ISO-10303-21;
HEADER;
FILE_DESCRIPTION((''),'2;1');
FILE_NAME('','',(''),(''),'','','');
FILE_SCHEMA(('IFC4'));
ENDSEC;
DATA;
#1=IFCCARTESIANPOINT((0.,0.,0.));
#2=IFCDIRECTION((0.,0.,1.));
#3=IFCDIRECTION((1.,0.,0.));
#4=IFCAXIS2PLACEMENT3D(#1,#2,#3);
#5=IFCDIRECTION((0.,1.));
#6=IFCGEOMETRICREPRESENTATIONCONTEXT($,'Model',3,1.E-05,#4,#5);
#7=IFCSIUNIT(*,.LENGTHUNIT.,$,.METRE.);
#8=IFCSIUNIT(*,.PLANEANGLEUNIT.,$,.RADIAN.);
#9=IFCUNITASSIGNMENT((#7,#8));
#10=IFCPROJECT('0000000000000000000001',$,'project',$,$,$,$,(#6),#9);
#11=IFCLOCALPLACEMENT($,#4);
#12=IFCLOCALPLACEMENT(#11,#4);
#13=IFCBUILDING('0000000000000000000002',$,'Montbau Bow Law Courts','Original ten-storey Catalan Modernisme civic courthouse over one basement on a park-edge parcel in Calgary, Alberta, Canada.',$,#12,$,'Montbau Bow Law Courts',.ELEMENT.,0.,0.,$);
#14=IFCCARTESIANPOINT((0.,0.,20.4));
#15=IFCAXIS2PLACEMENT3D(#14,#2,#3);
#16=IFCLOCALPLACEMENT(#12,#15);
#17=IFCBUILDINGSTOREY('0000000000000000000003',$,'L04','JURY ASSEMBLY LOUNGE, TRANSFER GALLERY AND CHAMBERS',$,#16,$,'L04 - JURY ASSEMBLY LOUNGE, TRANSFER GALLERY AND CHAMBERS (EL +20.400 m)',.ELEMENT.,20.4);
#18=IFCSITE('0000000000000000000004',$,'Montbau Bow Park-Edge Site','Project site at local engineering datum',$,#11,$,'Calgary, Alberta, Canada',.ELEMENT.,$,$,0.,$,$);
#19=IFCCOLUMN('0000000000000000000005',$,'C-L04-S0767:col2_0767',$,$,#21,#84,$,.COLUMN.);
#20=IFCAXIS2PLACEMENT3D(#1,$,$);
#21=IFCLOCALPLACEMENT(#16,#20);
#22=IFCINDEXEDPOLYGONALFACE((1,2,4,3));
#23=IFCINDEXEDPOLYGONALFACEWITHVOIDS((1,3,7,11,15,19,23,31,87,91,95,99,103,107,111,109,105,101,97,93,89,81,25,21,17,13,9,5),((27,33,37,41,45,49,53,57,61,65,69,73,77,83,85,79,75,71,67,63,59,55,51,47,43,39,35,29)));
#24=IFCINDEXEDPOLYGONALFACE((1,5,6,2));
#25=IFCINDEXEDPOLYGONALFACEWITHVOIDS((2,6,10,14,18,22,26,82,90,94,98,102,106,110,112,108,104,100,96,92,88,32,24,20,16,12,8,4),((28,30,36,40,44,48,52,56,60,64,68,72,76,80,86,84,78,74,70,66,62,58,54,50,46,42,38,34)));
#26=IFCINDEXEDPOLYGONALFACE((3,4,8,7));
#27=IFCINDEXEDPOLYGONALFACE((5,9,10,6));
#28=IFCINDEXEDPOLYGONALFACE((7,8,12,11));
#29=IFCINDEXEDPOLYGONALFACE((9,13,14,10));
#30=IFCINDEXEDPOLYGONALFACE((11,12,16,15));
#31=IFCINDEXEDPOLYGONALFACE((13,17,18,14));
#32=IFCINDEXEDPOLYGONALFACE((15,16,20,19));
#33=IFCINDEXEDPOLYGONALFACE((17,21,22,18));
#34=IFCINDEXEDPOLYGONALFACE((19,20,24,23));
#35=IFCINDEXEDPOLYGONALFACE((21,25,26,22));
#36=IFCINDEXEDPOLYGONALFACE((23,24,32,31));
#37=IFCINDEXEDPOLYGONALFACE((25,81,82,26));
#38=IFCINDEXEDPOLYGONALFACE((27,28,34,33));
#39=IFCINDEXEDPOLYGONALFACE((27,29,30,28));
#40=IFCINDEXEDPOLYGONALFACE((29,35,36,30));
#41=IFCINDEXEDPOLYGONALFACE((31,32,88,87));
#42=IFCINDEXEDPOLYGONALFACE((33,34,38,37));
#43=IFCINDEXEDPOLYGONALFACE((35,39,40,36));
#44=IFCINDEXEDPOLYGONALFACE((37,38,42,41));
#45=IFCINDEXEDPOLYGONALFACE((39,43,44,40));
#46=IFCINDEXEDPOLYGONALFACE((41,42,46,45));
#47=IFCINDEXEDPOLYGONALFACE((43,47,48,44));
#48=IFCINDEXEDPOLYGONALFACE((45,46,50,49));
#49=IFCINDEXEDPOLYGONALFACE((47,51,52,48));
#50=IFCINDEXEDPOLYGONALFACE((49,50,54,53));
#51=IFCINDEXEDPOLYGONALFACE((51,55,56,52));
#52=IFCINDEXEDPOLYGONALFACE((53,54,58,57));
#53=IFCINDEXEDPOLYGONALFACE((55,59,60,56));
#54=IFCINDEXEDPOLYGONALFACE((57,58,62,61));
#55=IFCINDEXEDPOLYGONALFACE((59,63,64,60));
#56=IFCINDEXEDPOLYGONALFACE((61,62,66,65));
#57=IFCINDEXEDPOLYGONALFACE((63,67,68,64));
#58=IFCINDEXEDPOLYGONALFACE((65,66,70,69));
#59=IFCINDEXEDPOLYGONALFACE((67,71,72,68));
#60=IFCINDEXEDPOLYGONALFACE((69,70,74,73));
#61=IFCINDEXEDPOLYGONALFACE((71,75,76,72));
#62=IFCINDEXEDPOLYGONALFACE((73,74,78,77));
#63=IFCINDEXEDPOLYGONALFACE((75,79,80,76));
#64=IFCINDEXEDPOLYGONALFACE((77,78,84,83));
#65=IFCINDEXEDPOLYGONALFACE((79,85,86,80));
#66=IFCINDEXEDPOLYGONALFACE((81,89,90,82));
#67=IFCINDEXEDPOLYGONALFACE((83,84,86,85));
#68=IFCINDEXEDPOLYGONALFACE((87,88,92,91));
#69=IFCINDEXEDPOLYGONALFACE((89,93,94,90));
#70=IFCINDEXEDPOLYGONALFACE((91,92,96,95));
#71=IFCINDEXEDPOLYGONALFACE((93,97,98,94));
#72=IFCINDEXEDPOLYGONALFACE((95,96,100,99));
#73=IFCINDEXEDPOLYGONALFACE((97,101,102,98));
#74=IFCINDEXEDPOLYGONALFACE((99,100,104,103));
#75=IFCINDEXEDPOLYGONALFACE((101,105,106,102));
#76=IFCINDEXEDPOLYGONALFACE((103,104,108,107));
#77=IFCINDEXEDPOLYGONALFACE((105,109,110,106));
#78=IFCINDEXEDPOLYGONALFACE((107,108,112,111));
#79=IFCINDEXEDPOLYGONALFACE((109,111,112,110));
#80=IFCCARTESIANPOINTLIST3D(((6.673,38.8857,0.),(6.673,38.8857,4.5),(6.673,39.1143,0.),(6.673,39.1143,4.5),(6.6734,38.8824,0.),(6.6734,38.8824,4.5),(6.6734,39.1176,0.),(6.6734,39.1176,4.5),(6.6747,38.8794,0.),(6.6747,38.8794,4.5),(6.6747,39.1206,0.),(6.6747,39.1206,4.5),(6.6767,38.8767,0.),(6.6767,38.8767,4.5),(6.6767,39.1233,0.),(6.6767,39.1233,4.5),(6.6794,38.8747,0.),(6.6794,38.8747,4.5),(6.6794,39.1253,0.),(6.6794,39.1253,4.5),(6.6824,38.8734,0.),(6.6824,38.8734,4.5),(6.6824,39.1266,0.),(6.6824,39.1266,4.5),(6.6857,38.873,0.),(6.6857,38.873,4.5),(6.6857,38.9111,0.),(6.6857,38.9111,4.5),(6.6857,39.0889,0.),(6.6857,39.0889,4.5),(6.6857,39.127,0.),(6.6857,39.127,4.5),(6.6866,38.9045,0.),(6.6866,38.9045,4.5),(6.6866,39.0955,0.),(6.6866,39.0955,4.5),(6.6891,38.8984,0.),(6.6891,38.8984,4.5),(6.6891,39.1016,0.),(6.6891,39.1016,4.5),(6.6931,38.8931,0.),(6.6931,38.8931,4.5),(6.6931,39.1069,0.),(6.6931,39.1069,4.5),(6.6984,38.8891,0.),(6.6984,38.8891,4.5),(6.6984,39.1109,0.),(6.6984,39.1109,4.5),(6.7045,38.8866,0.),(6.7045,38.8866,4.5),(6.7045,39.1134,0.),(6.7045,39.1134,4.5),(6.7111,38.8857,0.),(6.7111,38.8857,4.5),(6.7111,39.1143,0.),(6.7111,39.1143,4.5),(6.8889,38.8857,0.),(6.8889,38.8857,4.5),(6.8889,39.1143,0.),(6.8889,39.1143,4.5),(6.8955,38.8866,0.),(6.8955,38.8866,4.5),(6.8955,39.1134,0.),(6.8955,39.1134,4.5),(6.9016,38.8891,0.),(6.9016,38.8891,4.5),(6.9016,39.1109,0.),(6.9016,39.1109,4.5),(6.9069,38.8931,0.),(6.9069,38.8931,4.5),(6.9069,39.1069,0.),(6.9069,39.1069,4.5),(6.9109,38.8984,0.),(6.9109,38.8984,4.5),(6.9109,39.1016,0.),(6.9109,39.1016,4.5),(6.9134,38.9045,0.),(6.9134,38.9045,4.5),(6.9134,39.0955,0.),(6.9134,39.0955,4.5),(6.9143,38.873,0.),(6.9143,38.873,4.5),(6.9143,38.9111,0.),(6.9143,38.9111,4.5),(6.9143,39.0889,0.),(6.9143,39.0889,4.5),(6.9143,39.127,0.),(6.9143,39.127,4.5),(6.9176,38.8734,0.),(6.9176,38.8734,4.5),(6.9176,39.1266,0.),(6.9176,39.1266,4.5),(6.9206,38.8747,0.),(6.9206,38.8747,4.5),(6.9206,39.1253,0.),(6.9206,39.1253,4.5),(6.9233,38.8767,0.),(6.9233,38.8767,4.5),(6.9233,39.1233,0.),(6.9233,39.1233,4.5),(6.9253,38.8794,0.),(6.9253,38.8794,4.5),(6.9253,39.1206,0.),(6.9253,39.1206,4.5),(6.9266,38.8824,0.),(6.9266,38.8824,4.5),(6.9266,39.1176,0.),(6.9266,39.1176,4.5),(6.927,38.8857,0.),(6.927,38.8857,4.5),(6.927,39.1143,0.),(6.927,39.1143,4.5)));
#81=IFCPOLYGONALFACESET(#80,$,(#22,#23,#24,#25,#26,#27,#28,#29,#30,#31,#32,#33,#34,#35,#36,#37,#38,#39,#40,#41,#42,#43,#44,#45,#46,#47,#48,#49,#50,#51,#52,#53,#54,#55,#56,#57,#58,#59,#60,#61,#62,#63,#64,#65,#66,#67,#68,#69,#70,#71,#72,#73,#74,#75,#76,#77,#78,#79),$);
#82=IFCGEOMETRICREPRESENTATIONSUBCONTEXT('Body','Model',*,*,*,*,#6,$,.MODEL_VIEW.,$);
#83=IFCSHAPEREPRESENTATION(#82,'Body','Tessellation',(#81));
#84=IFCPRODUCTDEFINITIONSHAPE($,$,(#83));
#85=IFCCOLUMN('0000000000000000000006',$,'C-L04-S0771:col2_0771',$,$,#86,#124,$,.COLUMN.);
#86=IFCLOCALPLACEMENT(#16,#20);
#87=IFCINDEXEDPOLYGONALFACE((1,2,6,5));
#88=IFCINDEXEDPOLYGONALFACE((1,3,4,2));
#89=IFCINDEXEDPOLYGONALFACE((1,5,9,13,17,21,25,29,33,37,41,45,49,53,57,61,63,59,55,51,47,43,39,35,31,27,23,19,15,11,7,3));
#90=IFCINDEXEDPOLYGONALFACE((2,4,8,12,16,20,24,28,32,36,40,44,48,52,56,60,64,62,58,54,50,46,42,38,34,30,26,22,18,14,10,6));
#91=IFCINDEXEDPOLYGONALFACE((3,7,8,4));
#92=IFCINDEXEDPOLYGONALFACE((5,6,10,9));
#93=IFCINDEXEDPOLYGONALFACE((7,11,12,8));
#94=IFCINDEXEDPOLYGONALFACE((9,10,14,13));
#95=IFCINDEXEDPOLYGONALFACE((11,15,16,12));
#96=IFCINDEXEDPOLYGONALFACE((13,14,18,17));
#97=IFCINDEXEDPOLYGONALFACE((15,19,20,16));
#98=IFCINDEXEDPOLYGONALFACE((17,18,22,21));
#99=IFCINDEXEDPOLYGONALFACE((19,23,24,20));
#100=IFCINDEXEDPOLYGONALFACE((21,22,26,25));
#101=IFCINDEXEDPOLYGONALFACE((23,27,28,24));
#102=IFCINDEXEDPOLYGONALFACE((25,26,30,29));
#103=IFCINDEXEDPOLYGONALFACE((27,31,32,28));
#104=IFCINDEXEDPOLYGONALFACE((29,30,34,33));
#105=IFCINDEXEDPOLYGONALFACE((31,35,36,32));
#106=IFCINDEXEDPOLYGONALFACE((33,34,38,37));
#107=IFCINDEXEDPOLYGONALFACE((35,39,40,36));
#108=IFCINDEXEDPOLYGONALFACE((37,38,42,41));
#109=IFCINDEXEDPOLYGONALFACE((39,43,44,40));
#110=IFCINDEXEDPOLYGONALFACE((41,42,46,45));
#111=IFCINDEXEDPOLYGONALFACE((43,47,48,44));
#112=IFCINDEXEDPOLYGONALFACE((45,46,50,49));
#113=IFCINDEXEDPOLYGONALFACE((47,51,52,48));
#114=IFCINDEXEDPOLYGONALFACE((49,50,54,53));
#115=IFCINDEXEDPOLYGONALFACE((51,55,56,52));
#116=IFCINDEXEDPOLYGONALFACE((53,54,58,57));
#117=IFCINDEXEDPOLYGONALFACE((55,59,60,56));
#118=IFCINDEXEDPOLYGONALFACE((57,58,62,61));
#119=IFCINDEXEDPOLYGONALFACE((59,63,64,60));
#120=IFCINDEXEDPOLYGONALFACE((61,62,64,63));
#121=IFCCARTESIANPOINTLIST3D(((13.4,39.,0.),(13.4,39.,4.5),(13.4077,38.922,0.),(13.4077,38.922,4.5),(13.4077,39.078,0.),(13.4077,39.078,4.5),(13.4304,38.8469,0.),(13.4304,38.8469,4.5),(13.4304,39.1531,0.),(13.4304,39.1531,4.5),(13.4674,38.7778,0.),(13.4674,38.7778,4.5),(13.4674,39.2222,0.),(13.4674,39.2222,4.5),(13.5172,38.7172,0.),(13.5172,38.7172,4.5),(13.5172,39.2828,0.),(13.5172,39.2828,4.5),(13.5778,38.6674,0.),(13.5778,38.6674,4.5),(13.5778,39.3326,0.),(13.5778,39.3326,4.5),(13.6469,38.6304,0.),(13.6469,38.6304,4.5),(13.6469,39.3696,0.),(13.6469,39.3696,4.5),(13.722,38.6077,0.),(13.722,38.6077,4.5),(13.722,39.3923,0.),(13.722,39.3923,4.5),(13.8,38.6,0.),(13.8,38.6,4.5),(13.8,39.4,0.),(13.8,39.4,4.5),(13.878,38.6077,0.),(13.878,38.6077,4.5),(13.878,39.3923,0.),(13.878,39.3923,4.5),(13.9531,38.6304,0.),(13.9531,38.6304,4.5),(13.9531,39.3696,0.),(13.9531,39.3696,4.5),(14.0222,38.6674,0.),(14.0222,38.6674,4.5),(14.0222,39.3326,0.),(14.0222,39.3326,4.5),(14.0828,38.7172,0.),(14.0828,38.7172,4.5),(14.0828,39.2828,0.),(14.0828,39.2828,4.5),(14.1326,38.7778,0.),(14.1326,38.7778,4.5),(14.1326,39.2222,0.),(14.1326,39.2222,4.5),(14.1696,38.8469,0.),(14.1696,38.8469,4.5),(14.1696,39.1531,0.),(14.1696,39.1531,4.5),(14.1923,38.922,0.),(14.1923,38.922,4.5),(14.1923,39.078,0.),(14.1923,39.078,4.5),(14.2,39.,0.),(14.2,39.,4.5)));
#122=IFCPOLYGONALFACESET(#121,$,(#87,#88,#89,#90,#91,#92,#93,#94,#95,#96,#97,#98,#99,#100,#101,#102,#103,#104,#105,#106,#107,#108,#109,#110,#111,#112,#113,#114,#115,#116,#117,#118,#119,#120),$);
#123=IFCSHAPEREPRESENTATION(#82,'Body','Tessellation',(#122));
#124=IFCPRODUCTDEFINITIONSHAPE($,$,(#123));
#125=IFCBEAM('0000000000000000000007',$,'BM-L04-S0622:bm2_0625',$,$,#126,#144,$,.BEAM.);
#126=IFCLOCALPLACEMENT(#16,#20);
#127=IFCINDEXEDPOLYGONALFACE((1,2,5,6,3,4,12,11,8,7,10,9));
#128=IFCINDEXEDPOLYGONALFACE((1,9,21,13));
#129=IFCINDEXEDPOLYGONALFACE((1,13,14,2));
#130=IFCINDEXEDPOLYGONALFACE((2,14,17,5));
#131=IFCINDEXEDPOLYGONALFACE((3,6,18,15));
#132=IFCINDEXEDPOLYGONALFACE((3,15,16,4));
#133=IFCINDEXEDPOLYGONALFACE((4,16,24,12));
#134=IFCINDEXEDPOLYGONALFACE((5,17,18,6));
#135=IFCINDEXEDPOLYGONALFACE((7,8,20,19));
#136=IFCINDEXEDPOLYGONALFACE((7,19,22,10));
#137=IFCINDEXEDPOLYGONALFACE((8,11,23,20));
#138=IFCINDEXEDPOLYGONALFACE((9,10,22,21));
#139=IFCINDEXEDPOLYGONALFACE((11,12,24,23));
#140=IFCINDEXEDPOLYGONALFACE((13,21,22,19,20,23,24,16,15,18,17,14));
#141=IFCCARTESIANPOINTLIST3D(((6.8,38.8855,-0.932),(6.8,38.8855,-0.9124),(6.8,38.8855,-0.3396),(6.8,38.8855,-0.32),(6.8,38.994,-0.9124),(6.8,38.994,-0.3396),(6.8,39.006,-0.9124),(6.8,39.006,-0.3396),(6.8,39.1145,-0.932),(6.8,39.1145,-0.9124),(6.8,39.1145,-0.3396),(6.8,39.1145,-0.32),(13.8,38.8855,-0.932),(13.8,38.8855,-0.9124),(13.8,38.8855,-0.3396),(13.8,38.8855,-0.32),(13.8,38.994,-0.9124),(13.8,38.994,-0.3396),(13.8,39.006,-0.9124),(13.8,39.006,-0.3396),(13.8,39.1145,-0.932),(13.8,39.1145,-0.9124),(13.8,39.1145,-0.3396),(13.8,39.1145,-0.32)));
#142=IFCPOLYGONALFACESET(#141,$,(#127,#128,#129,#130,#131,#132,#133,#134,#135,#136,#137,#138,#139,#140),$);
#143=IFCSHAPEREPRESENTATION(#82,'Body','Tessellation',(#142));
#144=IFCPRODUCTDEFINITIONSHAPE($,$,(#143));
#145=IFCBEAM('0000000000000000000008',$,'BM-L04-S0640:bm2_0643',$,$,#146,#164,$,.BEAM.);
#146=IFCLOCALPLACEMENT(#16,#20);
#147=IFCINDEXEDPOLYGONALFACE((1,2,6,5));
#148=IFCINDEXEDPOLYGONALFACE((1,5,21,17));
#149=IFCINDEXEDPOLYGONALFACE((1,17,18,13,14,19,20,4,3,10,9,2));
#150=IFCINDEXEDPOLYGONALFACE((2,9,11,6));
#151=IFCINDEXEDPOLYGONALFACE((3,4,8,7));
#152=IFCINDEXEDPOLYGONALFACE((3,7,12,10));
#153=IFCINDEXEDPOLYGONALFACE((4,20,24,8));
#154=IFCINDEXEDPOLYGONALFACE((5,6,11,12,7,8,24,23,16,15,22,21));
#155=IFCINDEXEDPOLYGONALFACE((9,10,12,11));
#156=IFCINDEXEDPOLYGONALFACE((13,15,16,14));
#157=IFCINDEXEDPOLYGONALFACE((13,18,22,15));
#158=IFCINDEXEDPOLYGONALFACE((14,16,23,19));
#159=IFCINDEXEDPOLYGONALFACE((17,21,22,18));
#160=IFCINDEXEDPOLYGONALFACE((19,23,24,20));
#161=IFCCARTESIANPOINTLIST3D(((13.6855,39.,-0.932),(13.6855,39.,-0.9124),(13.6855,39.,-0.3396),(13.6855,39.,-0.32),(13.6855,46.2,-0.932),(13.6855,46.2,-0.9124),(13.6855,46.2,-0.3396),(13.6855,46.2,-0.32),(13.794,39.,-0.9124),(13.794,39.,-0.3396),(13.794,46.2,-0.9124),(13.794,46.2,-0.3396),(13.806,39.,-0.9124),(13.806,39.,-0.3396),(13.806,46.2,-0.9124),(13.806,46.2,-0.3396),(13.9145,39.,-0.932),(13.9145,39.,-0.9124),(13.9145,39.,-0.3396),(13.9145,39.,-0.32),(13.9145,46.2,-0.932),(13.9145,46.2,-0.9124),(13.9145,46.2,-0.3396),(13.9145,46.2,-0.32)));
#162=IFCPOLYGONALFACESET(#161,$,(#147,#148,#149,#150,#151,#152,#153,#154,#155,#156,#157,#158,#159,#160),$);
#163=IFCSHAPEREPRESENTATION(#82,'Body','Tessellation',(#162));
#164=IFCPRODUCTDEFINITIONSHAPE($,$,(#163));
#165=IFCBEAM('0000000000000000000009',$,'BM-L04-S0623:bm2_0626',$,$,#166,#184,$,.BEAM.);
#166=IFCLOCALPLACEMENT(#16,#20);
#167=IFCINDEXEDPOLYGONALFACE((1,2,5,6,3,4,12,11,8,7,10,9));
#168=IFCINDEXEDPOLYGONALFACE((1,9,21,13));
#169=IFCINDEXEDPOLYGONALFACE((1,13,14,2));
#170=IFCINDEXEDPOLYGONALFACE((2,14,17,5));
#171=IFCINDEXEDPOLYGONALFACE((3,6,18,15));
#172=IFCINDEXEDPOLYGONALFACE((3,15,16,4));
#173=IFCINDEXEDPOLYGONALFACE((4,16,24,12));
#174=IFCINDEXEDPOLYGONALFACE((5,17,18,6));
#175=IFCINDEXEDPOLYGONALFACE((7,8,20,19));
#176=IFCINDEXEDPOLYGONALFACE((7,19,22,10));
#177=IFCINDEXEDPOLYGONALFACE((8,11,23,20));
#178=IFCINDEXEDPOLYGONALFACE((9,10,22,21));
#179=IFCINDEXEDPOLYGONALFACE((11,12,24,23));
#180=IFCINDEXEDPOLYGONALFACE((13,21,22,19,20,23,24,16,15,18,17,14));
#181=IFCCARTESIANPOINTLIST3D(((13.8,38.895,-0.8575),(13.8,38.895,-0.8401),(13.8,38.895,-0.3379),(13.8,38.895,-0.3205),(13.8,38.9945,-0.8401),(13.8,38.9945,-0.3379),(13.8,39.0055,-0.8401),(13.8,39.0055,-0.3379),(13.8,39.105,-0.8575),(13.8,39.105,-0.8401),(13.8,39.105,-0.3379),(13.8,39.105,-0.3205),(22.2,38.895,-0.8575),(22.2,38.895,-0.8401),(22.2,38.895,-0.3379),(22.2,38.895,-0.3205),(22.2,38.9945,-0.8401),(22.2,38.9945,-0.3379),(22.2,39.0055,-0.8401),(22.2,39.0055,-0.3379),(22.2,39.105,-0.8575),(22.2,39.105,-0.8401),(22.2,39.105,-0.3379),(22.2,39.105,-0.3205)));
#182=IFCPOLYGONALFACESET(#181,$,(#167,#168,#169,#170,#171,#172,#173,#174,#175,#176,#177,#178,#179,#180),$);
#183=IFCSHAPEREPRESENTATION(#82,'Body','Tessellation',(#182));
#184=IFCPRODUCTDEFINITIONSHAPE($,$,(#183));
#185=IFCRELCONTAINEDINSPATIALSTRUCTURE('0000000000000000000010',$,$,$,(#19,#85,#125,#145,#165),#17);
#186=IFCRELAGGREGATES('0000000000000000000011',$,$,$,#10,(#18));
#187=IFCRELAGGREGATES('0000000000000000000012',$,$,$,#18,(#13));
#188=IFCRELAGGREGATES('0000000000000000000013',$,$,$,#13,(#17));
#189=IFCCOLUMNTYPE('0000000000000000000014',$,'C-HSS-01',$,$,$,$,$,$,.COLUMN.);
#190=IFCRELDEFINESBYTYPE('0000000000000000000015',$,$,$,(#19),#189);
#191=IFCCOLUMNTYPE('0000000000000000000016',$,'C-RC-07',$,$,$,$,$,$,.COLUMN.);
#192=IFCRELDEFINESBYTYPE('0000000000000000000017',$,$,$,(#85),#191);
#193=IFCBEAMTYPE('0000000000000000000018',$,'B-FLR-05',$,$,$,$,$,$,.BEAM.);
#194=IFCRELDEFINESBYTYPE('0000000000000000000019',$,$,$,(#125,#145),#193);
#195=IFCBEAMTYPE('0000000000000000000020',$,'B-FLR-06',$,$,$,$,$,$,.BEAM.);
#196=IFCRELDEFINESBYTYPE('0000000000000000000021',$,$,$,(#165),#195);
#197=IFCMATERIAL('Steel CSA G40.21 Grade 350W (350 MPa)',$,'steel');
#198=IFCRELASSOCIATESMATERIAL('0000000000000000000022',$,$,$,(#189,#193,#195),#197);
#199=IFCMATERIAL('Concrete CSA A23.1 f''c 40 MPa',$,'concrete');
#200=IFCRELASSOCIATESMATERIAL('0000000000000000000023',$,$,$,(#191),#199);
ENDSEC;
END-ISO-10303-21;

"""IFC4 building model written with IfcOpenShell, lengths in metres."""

from ifc_helpers import new_model, si_unit, direction, frame, origin_with_axes, origin_2d_with_axis, place, context, subcontext, project, spatial, hollow_rectangle, circle, i_section, extrude, material, material_profile, profile_set, type_object, element, save


model = new_model("IFC4")

# Units and contexts
model_context = context("Model", 3, precision=1e-05, world=origin_with_axes(), true_north=direction((0.0, 1.0)))
body_context = subcontext(model_context, "Body", "Model", "MODEL_VIEW")
ifc_project = project(units=[si_unit("LENGTHUNIT", "METRE"), si_unit("PLANEANGLEUNIT", "RADIAN")], contexts=[model_context])

# Site, building, storey
site_placement = place(None, origin_with_axes())
site = spatial("IfcSite", under=ifc_project, at=site_placement, Name="Montbau Bow Park-Edge Site", Description="Project site at local engineering datum", LongName="Calgary, Alberta, Canada", CompositionType="ELEMENT", RefElevation=0.0)
building_placement = place(site_placement, origin_with_axes())
building = spatial("IfcBuilding", under=site, at=building_placement, Name="Montbau Bow Law Courts", Description="Original ten-storey Catalan Modernisme civic courthouse over one basement on a park-edge parcel in Calgary, Alberta, Canada.", LongName="Montbau Bow Law Courts", CompositionType="ELEMENT", ElevationOfRefHeight=0.0, ElevationOfTerrain=0.0)
storey_placement = place(building_placement, frame((0.0, 0.0, 20.4), z_axis=(0.0, 0.0, 1.0), x_axis=(1.0, 0.0, 0.0)))
storey = spatial("IfcBuildingStorey", under=building, at=storey_placement, Name="L04", Description="JURY ASSEMBLY LOUNGE, TRANSFER GALLERY AND CHAMBERS", LongName="L04 - JURY ASSEMBLY LOUNGE, TRANSFER GALLERY AND CHAMBERS (EL +20.400 m)", CompositionType="ELEMENT", Elevation=20.4)

# Columns
ifc_material_1 = material(Name="Steel CSA G40.21 Grade 350W (350 MPa)", Category="steel")
ifc_material_profile_1 = material_profile(ifc_material_1, hollow_rectangle(XDim=0.254, YDim=0.254, WallThickness=0.0127, InnerFilletRadius=0.0254, OuterFilletRadius=0.0127, at=origin_2d_with_axis()), Name="HSS254X254X13", Category="Main", Priority=0)
ifc_profile_set_1 = profile_set([ifc_material_profile_1], Name="Steel CSA G40.21 Grade 350W (350 MPa)")
column_type_1 = type_object("IfcColumnType", Name="C-HSS-01", PredefinedType="COLUMN", material=ifc_profile_set_1)
column_1_placement = place(None, frame((6.8, 39.0, 20.4), z_axis=(0.0, 0.0, 1.0), x_axis=(1.0, 0.0, 0.0)))
element("IfcColumn", 1, at=column_1_placement, inside=storey, type_object=column_type_1, Name="C-L04-S0767:col2_0767", PredefinedType="COLUMN", context=body_context, shape_type="SweptSolid", body=[
    extrude(hollow_rectangle(XDim=0.254, YDim=0.254, WallThickness=0.0127, InnerFilletRadius=0.0254, OuterFilletRadius=0.0127, at=origin_2d_with_axis()), origin_with_axes(), (0.0, 0.0, 1.0), 4.5),
])
ifc_material_2 = material(Name="Concrete CSA A23.1 f'c 40 MPa", Category="concrete")
ifc_material_profile_2 = material_profile(ifc_material_2, circle(Radius=0.4, at=origin_2d_with_axis()), Name="RC800D", Category="Main", Priority=0)
ifc_profile_set_2 = profile_set([ifc_material_profile_2], Name="Concrete CSA A23.1 f'c 40 MPa")
column_type_2 = type_object("IfcColumnType", Name="C-RC-07", PredefinedType="COLUMN", material=ifc_profile_set_2)
column_2_placement = place(None, frame((13.8, 39.0, 20.4), z_axis=(0.0, 0.0, 1.0), x_axis=(1.0, 0.0, 0.0)))
element("IfcColumn", 2, at=column_2_placement, inside=storey, type_object=column_type_2, Name="C-L04-S0771:col2_0771", PredefinedType="COLUMN", context=body_context, shape_type="SweptSolid", body=[
    extrude(circle(Radius=0.4, at=origin_2d_with_axis()), origin_with_axes(), (0.0, 0.0, 1.0), 4.5),
])

# Beams
ifc_material_profile_3 = material_profile(ifc_material_1, i_section(OverallWidth=0.229, OverallDepth=0.612, WebThickness=0.0119, FlangeThickness=0.0196, at=origin_2d_with_axis()), Name="W610X125", Category="Main", Priority=0)
ifc_profile_set_3 = profile_set([ifc_material_profile_3], Name="Steel CSA G40.21 Grade 350W (350 MPa)")
beam_type_1 = type_object("IfcBeamType", Name="B-FLR-05", PredefinedType="BEAM", material=ifc_profile_set_3)
beam_1_placement = place(None, frame((6.8, 39.0, 19.774), z_axis=(1.0, 0.0, 0.0), x_axis=(0.0, 1.0, 0.0)))
element("IfcBeam", 3, at=beam_1_placement, inside=storey, type_object=beam_type_1, Name="BM-L04-S0622:bm2_0625", PredefinedType="BEAM", context=body_context, shape_type="SweptSolid", body=[
    extrude(i_section(OverallWidth=0.229, OverallDepth=0.612, WebThickness=0.0119, FlangeThickness=0.0196, at=origin_2d_with_axis()), origin_with_axes(), (0.0, 0.0, 1.0), 7.0),
])
beam_2_placement = place(None, frame((13.8, 39.0, 19.774), z_axis=(0.0, 1.0, 0.0), x_axis=(-1.0, 0.0, 0.0)))
element("IfcBeam", 4, at=beam_2_placement, inside=storey, type_object=beam_type_1, Name="BM-L04-S0640:bm2_0643", PredefinedType="BEAM", context=body_context, shape_type="SweptSolid", body=[
    extrude(i_section(OverallWidth=0.229, OverallDepth=0.612, WebThickness=0.0119, FlangeThickness=0.0196, at=origin_2d_with_axis()), origin_with_axes(), (0.0, 0.0, 1.0), 7.2),
])
ifc_material_profile_4 = material_profile(ifc_material_1, i_section(OverallWidth=0.21, OverallDepth=0.537, WebThickness=0.0109, FlangeThickness=0.0174, at=origin_2d_with_axis()), Name="W530X101", Category="Main", Priority=0)
ifc_profile_set_4 = profile_set([ifc_material_profile_4], Name="Steel CSA G40.21 Grade 350W (350 MPa)")
beam_type_2 = type_object("IfcBeamType", Name="B-FLR-06", PredefinedType="BEAM", material=ifc_profile_set_4)
beam_3_placement = place(None, frame((13.8, 39.0, 19.811), z_axis=(1.0, 0.0, 0.0), x_axis=(0.0, 1.0, 0.0)))
element("IfcBeam", 5, at=beam_3_placement, inside=storey, type_object=beam_type_2, Name="BM-L04-S0623:bm2_0626", PredefinedType="BEAM", context=body_context, shape_type="SweptSolid", body=[
    extrude(i_section(OverallWidth=0.21, OverallDepth=0.537, WebThickness=0.0109, FlangeThickness=0.0174, at=origin_2d_with_axis()), origin_with_axes(), (0.0, 0.0, 1.0), 8.4),
])

save(model, "model.ifc")
